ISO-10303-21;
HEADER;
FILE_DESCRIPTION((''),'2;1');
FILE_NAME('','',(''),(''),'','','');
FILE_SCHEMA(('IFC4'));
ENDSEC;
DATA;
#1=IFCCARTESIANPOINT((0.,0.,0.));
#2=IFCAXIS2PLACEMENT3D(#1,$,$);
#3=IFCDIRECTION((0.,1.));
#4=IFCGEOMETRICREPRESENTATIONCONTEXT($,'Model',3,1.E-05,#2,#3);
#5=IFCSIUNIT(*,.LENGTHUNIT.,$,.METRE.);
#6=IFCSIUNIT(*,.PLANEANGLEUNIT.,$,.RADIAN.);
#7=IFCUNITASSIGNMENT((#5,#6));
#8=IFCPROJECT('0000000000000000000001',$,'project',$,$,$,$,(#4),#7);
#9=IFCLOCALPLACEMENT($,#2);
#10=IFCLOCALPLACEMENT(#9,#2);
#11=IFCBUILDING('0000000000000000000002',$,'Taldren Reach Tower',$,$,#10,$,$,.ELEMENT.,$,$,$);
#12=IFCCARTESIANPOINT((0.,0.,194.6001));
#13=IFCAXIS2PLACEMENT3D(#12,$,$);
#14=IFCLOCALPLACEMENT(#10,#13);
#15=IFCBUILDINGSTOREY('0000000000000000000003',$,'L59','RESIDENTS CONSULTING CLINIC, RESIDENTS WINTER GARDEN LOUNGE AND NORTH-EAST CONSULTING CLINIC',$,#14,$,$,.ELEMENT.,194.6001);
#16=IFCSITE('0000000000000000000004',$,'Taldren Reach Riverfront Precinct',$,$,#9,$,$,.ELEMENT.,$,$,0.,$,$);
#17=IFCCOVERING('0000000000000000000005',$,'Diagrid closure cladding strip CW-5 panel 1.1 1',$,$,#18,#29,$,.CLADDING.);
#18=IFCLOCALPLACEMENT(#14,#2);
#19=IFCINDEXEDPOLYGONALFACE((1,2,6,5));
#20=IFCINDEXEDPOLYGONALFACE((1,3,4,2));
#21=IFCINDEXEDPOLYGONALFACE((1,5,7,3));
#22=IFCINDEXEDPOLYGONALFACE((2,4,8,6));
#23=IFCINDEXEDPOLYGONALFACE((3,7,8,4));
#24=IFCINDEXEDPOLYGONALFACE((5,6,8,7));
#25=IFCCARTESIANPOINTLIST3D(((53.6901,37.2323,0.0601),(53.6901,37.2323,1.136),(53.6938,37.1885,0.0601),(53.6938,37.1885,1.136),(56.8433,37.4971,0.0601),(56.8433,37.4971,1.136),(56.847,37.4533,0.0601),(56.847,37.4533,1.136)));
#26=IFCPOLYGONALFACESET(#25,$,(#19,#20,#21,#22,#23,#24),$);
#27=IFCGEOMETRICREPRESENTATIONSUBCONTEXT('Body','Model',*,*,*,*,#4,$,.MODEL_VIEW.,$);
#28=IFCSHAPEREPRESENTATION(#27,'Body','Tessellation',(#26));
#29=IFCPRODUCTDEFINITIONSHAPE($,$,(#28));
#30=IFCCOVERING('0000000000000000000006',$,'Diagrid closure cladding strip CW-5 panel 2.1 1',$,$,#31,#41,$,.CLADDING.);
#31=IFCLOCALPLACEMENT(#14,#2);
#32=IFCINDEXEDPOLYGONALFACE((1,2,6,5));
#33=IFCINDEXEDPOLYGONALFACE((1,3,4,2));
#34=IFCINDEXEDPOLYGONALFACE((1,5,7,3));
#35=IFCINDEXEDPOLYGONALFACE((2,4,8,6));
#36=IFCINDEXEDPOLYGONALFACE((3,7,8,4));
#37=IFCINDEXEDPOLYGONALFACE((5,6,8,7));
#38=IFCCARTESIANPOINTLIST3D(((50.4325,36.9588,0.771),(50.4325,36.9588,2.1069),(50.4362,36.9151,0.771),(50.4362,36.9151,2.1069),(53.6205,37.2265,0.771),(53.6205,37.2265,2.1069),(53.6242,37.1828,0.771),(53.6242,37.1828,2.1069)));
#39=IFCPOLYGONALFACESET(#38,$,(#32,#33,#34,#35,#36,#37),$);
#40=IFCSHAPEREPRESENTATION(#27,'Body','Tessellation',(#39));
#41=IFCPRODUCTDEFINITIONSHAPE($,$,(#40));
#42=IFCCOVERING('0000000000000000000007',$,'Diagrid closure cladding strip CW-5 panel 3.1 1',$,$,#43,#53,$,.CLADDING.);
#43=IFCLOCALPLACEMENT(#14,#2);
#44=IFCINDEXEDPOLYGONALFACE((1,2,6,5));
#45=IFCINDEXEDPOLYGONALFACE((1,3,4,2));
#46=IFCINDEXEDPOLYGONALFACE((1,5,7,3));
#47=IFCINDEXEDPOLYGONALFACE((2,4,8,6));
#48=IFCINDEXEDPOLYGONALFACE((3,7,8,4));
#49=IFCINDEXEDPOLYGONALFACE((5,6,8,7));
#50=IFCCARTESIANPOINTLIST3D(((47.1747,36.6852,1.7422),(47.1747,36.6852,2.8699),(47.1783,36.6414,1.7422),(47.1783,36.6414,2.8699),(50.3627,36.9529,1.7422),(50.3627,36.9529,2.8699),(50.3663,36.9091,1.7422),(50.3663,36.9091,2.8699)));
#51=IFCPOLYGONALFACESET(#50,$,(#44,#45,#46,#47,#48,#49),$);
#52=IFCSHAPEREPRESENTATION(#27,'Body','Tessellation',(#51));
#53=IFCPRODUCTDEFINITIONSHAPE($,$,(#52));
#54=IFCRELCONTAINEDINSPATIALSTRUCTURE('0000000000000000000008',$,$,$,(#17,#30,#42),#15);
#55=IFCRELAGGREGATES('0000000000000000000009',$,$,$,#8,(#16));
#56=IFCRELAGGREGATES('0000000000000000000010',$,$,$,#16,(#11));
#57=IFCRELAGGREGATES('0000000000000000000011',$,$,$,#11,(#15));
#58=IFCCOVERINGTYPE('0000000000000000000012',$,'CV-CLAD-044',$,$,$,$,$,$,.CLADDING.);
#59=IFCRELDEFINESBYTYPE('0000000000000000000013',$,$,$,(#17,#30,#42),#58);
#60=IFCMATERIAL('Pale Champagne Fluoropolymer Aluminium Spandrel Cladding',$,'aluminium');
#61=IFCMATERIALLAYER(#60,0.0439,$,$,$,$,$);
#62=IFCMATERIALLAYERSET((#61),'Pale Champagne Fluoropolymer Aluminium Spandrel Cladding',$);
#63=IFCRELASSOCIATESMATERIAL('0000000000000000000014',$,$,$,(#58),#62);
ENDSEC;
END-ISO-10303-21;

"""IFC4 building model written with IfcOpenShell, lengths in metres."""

from ifc_helpers import new_model, si_unit, direction, frame, origin, origin_2d, place, context, subcontext, project, spatial, rectangle, extrude, source, transform, mapped, material, layer, layer_set, type_object, element, save


model = new_model("IFC4")

# Units and contexts
model_context = context("Model", 3, precision=1e-05, world=origin(), true_north=direction((0.0, 1.0)))
body_context = subcontext(model_context, "Body", "Model", "MODEL_VIEW")
ifc_project = project(units=[si_unit("LENGTHUNIT", "METRE"), si_unit("PLANEANGLEUNIT", "RADIAN")], contexts=[model_context])

# Site, building, storey
site_placement = place(None, origin())
site = spatial("IfcSite", under=ifc_project, at=site_placement, Name="Taldren Reach Riverfront Precinct", CompositionType="ELEMENT", RefElevation=0.0)
building_placement = place(site_placement, origin())
building = spatial("IfcBuilding", under=site, at=building_placement, Name="Taldren Reach Tower", CompositionType="ELEMENT")
storey_placement = place(building_placement, frame((0.0, 0.0, 194.6001)))
storey = spatial("IfcBuildingStorey", under=building, at=storey_placement, Name="L59", Description="RESIDENTS CONSULTING CLINIC, RESIDENTS WINTER GARDEN LOUNGE AND NORTH-EAST CONSULTING CLINIC", CompositionType="ELEMENT", Elevation=194.6001)

# Coverings
ifc_material_1 = material(Name="Pale Champagne Fluoropolymer Aluminium Spandrel Cladding", Category="aluminium")
ifc_layer_1 = layer(ifc_material_1, 0.0439)
ifc_layer_set_1 = layer_set([ifc_layer_1], Name="Pale Champagne Fluoropolymer Aluminium Spandrel Cladding")
covering_type = type_object("IfcCoveringType", Name="CV-CLAD-044", PredefinedType="CLADDING", material=ifc_layer_set_1)
shared_shape_1 = source(origin(), body_context, "Body", "SweptSolid", [
    extrude(rectangle(XDim=3.1643, YDim=0.0439, at=origin_2d()), origin(), (0.0, 0.0, 1.0), 1.0759),
])
covering_1_placement = place(storey_placement, frame((55.2686, 37.3428, 0.0601), z_axis=(0.0, 0.0, 1.0), x_axis=(-0.996493, -0.083678, 0.0)))
element("IfcCovering", 1, at=covering_1_placement, inside=storey, type_object=covering_type, Name="Diagrid closure cladding strip CW-5 panel 1.1 1", PredefinedType="CLADDING", context=body_context, shape_type="MappedRepresentation", body=[
    mapped(shared_shape_1, transform((0.0, 0.0, 0.0), scale=1.0)),
])
shared_shape_2 = source(origin(), body_context, "Body", "SweptSolid", [
    extrude(rectangle(XDim=3.1992, YDim=0.0439, at=origin_2d()), origin(), (0.0, 0.0, 1.0), 1.3359),
])
covering_2_placement = place(storey_placement, frame((52.0283, 37.0708, 0.771), z_axis=(0.0, 0.0, 1.0), x_axis=(-0.996493, -0.083678, 0.0)))
element("IfcCovering", 2, at=covering_2_placement, inside=storey, type_object=covering_type, Name="Diagrid closure cladding strip CW-5 panel 2.1 1", PredefinedType="CLADDING", context=body_context, shape_type="MappedRepresentation", body=[
    mapped(shared_shape_2, transform((0.0, 0.0, 0.0), scale=1.0)),
])
shared_shape_3 = source(origin(), body_context, "Body", "SweptSolid", [
    extrude(rectangle(XDim=3.1992, YDim=0.0439, at=origin_2d()), origin(), (0.0, 0.0, 1.0), 1.1277),
])
covering_3_placement = place(storey_placement, frame((48.7705, 36.7971, 1.7422), z_axis=(0.0, 0.0, 1.0), x_axis=(-0.996493, -0.083678, 0.0)))
element("IfcCovering", 3, at=covering_3_placement, inside=storey, type_object=covering_type, Name="Diagrid closure cladding strip CW-5 panel 3.1 1", PredefinedType="CLADDING", context=body_context, shape_type="MappedRepresentation", body=[
    mapped(shared_shape_3, transform((0.0, 0.0, 0.0), scale=1.0)),
])

save(model, "model.ifc")
